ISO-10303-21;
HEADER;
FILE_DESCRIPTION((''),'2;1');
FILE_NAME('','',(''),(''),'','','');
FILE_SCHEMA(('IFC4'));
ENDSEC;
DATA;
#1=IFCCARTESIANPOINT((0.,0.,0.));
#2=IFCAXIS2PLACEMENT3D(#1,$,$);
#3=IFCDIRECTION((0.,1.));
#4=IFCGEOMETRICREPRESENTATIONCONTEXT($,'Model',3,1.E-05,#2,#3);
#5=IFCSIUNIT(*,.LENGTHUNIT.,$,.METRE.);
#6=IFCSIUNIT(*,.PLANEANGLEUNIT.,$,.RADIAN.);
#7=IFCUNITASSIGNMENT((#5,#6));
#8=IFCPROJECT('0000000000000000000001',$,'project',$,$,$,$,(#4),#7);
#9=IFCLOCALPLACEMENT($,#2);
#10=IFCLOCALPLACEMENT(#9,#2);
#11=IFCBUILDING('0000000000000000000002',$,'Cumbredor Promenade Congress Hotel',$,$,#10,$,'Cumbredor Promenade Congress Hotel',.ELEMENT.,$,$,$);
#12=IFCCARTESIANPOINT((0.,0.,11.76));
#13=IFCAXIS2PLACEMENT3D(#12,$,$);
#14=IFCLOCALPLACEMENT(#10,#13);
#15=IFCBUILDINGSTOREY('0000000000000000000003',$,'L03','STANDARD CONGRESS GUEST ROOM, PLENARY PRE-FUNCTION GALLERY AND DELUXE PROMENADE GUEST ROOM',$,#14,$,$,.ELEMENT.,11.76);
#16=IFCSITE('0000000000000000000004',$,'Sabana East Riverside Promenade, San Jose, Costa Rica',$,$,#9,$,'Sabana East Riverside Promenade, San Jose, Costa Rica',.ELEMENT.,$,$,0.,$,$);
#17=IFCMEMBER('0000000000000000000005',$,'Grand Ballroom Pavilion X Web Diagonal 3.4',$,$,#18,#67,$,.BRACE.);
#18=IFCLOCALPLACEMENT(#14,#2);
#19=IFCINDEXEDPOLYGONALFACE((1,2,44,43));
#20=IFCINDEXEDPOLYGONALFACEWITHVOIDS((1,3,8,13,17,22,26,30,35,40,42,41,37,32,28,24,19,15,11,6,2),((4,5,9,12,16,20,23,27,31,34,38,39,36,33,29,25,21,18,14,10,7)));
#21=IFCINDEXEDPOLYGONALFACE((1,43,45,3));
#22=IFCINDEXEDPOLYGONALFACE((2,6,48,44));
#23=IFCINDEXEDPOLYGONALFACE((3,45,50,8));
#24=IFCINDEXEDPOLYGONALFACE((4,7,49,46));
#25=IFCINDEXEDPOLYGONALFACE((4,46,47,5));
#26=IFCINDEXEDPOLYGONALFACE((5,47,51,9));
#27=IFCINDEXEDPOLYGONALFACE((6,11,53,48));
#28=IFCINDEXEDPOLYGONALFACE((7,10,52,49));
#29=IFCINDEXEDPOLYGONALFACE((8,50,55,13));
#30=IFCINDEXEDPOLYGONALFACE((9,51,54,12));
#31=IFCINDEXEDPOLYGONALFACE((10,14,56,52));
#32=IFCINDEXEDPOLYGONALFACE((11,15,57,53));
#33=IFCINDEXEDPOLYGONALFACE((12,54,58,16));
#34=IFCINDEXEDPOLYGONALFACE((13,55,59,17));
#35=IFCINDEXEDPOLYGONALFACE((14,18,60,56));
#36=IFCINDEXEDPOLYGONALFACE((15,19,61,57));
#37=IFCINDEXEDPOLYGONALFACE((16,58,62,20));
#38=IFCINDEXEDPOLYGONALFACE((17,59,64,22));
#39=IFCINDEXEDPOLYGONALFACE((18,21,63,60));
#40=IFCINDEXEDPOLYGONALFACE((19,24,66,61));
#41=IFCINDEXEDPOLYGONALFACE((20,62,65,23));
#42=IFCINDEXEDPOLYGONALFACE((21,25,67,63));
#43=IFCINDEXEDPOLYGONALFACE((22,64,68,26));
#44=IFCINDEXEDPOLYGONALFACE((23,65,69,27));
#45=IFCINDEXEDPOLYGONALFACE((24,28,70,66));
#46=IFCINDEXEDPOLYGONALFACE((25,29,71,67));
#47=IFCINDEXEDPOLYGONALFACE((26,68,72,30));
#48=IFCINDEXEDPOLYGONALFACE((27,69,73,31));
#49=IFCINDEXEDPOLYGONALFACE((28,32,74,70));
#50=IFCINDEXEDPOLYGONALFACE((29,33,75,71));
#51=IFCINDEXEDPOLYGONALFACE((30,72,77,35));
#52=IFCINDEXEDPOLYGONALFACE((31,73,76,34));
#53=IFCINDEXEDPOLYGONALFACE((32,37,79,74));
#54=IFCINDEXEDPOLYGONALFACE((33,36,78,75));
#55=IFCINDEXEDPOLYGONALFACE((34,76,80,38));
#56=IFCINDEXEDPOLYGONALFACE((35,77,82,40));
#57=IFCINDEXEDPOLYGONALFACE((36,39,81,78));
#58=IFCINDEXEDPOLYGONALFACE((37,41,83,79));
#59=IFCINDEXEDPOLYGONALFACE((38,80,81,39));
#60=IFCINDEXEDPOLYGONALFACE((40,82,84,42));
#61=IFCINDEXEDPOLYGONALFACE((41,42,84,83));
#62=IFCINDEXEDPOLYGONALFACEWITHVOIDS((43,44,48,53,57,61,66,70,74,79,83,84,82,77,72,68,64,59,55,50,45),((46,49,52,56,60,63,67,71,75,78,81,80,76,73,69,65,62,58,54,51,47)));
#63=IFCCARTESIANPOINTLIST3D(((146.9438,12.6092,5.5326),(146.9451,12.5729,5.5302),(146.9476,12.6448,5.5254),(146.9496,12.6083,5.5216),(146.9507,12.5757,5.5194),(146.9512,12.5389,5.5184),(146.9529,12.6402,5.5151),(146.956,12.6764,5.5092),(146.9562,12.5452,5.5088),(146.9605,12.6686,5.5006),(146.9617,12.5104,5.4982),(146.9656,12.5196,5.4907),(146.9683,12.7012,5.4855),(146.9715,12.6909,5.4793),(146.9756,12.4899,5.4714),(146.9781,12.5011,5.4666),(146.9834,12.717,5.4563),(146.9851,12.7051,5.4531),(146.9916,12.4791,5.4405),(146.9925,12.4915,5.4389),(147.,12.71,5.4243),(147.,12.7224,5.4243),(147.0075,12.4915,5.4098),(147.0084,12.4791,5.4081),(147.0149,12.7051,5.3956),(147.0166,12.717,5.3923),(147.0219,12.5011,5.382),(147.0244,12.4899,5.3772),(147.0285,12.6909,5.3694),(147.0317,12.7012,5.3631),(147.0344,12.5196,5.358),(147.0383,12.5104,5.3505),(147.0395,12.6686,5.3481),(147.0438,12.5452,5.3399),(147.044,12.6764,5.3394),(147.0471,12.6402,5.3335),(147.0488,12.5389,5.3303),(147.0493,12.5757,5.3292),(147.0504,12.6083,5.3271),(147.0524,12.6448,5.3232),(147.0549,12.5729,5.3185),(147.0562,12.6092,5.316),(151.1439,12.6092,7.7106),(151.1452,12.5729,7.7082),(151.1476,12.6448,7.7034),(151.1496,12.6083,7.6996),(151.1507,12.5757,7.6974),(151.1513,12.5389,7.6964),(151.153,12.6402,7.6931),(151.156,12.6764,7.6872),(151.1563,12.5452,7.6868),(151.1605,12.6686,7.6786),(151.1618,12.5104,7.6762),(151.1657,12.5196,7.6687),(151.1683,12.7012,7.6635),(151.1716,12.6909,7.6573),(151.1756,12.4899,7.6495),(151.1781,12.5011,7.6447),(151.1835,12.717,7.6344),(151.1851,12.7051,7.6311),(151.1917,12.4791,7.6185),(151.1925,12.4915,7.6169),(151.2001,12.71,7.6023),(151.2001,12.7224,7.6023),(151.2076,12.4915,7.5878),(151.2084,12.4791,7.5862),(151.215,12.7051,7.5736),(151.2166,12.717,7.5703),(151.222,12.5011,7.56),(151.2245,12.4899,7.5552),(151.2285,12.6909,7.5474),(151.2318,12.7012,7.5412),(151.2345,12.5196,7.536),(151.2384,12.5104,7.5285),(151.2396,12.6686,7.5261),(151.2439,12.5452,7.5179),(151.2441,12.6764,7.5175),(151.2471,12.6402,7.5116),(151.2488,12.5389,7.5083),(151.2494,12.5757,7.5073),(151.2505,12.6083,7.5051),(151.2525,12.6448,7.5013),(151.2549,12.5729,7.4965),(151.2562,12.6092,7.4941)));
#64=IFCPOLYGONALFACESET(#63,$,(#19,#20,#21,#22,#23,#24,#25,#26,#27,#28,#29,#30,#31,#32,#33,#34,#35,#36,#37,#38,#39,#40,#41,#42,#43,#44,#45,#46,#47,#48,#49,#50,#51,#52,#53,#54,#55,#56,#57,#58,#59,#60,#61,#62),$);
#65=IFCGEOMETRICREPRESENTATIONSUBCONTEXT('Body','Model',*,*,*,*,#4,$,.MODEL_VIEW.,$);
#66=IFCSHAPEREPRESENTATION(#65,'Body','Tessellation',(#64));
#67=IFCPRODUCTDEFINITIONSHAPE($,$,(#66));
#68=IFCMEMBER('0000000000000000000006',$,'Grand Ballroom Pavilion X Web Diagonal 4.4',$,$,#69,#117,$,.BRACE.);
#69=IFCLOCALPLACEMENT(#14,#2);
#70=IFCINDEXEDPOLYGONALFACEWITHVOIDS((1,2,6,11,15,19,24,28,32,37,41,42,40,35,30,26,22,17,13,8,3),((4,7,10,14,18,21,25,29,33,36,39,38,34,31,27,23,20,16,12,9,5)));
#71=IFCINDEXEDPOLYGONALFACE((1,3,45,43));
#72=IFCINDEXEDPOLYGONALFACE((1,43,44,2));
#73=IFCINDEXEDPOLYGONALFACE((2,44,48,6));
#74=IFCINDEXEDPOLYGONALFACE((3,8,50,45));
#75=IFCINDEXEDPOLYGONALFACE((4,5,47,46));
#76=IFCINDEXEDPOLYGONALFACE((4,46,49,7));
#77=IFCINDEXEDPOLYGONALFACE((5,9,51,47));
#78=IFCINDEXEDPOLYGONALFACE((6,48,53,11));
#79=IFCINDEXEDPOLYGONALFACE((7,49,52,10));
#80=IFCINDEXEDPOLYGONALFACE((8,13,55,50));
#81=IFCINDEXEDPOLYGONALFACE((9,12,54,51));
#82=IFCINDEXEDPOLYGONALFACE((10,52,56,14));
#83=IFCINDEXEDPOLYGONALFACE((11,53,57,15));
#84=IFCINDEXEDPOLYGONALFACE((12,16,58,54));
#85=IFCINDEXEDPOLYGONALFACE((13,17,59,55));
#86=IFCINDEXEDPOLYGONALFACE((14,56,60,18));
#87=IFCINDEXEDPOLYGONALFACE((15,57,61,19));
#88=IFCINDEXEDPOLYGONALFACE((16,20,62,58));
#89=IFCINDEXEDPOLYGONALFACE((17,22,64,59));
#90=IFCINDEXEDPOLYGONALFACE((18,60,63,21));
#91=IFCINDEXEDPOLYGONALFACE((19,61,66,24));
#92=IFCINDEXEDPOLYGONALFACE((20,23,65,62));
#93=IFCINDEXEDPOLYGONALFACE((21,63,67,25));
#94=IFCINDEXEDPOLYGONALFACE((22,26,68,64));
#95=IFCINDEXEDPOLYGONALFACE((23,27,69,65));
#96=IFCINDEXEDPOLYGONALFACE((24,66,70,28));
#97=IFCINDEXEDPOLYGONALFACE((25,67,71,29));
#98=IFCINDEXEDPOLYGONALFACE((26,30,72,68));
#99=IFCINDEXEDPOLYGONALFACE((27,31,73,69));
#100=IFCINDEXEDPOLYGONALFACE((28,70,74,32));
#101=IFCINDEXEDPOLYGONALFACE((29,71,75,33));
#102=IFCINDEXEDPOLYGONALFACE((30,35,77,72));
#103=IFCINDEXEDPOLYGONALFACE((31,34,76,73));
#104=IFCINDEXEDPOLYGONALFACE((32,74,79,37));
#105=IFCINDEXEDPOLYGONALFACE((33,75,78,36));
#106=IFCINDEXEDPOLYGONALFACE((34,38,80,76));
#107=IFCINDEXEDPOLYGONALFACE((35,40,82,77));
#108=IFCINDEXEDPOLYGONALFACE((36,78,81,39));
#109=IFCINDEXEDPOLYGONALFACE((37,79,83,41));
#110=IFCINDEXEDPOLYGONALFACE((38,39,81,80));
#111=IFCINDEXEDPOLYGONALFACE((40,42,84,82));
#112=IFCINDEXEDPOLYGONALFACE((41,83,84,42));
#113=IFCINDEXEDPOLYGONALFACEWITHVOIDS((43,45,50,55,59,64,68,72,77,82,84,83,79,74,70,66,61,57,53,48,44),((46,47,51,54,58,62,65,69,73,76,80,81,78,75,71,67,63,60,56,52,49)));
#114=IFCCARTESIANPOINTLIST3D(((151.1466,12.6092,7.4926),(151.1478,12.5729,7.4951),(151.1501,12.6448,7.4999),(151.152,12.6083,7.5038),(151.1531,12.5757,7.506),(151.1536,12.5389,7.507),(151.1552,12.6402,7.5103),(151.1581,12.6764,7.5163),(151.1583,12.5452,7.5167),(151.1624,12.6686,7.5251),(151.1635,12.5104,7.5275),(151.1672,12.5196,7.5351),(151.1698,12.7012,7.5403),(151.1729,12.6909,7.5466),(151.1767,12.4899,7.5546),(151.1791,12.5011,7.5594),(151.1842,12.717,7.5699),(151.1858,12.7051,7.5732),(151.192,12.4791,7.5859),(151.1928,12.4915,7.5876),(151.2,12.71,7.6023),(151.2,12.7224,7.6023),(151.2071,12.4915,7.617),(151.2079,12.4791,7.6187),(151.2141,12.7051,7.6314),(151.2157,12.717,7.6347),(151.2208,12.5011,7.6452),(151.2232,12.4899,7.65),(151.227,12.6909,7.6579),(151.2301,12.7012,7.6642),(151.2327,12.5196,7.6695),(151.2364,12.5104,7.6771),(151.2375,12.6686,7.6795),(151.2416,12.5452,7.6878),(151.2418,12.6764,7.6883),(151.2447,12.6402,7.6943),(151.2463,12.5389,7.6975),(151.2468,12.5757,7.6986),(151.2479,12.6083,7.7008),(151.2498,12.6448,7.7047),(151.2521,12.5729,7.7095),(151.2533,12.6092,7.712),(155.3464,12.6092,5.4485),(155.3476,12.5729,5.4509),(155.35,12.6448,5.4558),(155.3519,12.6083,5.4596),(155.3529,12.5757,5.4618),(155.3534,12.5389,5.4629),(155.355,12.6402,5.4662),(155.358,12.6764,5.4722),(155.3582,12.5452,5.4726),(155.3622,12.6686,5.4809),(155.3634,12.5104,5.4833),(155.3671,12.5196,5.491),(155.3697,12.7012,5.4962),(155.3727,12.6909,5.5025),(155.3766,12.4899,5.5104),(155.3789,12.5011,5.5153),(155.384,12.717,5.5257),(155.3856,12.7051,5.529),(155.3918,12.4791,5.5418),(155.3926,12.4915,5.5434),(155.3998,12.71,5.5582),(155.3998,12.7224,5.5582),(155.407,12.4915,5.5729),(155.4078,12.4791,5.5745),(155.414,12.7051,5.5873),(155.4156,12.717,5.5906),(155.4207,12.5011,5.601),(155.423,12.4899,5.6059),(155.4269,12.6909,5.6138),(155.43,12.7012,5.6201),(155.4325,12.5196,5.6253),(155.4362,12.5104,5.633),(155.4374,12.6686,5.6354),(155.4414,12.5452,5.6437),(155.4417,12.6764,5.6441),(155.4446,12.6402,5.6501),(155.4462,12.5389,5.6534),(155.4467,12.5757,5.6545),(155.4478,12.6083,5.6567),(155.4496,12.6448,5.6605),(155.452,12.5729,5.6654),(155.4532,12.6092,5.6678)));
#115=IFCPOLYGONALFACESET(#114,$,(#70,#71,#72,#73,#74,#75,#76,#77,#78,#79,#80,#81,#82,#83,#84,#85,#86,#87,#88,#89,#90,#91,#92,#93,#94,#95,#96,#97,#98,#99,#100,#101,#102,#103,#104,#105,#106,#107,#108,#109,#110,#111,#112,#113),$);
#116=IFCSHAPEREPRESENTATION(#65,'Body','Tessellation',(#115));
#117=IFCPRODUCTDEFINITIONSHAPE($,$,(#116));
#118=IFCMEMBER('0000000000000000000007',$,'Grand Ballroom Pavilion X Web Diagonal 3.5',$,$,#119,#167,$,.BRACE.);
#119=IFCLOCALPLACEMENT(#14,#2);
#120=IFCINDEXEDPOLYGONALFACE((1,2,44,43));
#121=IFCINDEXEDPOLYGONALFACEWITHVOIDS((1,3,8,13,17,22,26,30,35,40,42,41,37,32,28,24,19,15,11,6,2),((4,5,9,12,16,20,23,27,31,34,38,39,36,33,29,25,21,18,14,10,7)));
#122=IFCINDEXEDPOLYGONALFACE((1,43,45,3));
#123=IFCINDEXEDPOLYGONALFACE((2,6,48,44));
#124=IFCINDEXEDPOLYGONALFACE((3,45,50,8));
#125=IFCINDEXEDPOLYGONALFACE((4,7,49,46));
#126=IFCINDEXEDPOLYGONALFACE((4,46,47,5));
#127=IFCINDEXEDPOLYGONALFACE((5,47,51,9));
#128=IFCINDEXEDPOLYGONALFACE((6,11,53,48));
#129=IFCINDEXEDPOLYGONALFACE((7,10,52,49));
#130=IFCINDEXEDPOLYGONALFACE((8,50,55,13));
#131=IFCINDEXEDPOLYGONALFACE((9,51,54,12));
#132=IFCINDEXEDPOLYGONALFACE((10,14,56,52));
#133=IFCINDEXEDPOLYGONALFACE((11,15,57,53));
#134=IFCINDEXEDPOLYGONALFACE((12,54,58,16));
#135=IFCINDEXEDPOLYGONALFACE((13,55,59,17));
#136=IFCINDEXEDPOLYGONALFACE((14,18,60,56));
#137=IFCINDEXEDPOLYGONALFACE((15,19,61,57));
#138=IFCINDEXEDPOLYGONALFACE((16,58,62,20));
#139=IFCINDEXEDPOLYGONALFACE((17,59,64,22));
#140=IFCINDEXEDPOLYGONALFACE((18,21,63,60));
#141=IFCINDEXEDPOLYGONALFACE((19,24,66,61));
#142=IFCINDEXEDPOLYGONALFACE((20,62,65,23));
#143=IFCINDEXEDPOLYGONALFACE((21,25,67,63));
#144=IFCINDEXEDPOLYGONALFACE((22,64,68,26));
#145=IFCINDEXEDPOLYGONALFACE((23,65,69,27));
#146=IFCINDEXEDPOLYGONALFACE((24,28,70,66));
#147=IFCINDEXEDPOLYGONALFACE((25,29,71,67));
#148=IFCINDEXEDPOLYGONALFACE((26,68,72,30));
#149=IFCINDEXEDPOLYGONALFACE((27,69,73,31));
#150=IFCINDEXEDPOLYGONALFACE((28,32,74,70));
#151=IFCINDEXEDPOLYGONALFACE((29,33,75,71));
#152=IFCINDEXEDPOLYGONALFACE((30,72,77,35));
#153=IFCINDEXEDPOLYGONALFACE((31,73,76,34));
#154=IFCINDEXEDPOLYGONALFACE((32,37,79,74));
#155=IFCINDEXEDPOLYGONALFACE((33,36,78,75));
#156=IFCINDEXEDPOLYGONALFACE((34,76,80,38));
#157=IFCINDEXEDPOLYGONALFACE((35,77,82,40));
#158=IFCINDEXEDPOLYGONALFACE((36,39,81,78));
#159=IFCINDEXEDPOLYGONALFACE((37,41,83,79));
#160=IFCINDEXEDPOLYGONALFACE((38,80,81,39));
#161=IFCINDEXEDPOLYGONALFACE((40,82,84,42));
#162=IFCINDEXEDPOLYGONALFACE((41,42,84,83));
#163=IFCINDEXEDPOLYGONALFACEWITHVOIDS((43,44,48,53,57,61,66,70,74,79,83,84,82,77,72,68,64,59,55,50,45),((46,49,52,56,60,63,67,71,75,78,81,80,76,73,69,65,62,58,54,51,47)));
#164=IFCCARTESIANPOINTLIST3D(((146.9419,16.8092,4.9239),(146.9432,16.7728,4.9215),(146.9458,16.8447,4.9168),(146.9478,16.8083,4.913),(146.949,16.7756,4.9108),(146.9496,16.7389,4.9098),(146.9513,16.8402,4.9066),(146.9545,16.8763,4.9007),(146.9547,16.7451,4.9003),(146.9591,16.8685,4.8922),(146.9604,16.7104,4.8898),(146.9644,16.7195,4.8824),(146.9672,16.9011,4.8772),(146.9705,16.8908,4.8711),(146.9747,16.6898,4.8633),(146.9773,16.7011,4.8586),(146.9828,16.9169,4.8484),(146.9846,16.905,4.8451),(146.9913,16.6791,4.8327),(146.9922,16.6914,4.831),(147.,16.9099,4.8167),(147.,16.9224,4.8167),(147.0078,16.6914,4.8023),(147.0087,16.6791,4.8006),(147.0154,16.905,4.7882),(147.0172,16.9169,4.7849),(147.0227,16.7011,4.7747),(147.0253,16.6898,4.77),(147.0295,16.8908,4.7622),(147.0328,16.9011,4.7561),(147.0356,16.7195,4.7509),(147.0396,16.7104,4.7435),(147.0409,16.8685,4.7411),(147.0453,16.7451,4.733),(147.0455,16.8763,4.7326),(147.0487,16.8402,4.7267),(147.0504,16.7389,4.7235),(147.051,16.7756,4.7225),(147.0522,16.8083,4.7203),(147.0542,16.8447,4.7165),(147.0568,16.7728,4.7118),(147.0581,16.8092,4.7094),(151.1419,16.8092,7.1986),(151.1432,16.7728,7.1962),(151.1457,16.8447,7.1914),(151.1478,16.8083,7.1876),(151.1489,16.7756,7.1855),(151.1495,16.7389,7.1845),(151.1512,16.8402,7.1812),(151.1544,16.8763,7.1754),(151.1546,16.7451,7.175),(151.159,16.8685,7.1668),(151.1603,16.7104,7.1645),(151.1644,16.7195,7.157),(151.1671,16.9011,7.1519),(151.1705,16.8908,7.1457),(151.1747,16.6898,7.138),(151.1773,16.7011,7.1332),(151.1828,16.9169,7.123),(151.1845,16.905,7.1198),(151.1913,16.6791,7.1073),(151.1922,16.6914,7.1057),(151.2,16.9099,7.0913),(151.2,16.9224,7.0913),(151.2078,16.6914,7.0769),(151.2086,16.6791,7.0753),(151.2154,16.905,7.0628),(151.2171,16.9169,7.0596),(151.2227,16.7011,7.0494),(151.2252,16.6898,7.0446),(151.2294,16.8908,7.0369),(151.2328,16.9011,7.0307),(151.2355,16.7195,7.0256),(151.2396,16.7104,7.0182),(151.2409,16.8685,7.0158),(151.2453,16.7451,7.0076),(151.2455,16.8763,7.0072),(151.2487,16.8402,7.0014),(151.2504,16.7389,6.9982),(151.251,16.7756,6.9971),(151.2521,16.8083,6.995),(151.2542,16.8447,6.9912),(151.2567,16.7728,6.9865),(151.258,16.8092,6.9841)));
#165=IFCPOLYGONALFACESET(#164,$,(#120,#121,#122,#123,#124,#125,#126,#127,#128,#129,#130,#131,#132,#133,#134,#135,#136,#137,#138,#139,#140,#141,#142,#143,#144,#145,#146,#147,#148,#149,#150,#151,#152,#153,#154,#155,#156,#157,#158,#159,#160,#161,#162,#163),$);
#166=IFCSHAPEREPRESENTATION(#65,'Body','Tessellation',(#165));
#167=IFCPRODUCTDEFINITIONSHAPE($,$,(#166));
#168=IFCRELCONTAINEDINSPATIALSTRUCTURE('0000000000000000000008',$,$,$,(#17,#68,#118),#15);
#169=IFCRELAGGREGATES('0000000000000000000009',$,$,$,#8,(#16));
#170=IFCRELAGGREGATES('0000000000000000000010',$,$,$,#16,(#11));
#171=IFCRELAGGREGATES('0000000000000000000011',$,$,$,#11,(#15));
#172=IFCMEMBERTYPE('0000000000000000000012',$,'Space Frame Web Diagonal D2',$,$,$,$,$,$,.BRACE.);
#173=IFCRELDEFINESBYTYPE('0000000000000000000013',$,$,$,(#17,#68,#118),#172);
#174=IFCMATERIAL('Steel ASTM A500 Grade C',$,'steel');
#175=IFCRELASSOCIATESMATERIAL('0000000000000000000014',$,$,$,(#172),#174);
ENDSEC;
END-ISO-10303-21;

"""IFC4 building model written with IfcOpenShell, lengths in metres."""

from ifc_helpers import new_model, si_unit, direction, frame, origin, origin_2d, place, context, subcontext, project, spatial, hollow_circle, extrude, material, material_profile, profile_set, type_object, element, save


model = new_model("IFC4")

# Units and contexts
model_context = context("Model", 3, precision=1e-05, world=origin(), true_north=direction((0.0, 1.0)))
body_context = subcontext(model_context, "Body", "Model", "MODEL_VIEW")
ifc_project = project(units=[si_unit("LENGTHUNIT", "METRE"), si_unit("PLANEANGLEUNIT", "RADIAN")], contexts=[model_context])

# Site, building, storey
site_placement = place(None, origin())
site = spatial("IfcSite", under=ifc_project, at=site_placement, Name="Sabana East Riverside Promenade, San Jose, Costa Rica", LongName="Sabana East Riverside Promenade, San Jose, Costa Rica", CompositionType="ELEMENT", RefElevation=0.0)
building_placement = place(site_placement, origin())
building = spatial("IfcBuilding", under=site, at=building_placement, Name="Cumbredor Promenade Congress Hotel", LongName="Cumbredor Promenade Congress Hotel", CompositionType="ELEMENT")
storey_placement = place(building_placement, frame((0.0, 0.0, 11.76)))
storey = spatial("IfcBuildingStorey", under=building, at=storey_placement, Name="L03", Description="STANDARD CONGRESS GUEST ROOM, PLENARY PRE-FUNCTION GALLERY AND DELUXE PROMENADE GUEST ROOM", CompositionType="ELEMENT", Elevation=11.76)

# Members
ifc_material_1 = material(Name="Steel ASTM A500 Grade C", Category="steel")
ifc_material_profile_1 = material_profile(ifc_material_1, hollow_circle(Radius=0.1223, WallThickness=0.0125, at=origin_2d()), Name="CHS 244.5x12.5")
ifc_profile_set_1 = profile_set([ifc_material_profile_1], Name="Steel ASTM A500 Grade C")
member_type_1 = type_object("IfcMemberType", Name="Space Frame Web Diagonal D2", PredefinedType="BRACE", material=ifc_profile_set_1)
member_1_placement = place(storey_placement, frame((147.0, 12.6001, 5.4243), z_axis=(0.887735, 0.0, 0.460355), x_axis=(0.0, 1.0, 0.0)))
element("IfcMember", 1, at=member_1_placement, inside=storey, type_object=member_type_1, Name="Grand Ballroom Pavilion X Web Diagonal 3.4", PredefinedType="BRACE", context=body_context, shape_type="SweptSolid", body=[
    extrude(hollow_circle(Radius=0.1223, WallThickness=0.0125, at=origin_2d()), origin(), (0.0, 0.0, 1.0), 4.7312),
])
member_2_placement = place(storey_placement, frame((151.2, 12.6001, 7.6023), z_axis=(0.899153, 0.0, -0.437634), x_axis=(0.0, 1.0, 0.0)))
element("IfcMember", 2, at=member_2_placement, inside=storey, type_object=member_type_1, Name="Grand Ballroom Pavilion X Web Diagonal 4.4", PredefinedType="BRACE", context=body_context, shape_type="SweptSolid", body=[
    extrude(hollow_circle(Radius=0.1223, WallThickness=0.0125, at=origin_2d()), origin(), (0.0, 0.0, 1.0), 4.6709),
])
member_3_placement = place(storey_placement, frame((147.0, 16.8, 4.8167), z_axis=(0.87932, 0.0, 0.476232), x_axis=(0.0, 1.0, 0.0)))
element("IfcMember", 3, at=member_3_placement, inside=storey, type_object=member_type_1, Name="Grand Ballroom Pavilion X Web Diagonal 3.5", PredefinedType="BRACE", context=body_context, shape_type="SweptSolid", body=[
    extrude(hollow_circle(Radius=0.1223, WallThickness=0.0125, at=origin_2d()), origin(), (0.0, 0.0, 1.0), 4.7764),
])

save(model, "model.ifc")
